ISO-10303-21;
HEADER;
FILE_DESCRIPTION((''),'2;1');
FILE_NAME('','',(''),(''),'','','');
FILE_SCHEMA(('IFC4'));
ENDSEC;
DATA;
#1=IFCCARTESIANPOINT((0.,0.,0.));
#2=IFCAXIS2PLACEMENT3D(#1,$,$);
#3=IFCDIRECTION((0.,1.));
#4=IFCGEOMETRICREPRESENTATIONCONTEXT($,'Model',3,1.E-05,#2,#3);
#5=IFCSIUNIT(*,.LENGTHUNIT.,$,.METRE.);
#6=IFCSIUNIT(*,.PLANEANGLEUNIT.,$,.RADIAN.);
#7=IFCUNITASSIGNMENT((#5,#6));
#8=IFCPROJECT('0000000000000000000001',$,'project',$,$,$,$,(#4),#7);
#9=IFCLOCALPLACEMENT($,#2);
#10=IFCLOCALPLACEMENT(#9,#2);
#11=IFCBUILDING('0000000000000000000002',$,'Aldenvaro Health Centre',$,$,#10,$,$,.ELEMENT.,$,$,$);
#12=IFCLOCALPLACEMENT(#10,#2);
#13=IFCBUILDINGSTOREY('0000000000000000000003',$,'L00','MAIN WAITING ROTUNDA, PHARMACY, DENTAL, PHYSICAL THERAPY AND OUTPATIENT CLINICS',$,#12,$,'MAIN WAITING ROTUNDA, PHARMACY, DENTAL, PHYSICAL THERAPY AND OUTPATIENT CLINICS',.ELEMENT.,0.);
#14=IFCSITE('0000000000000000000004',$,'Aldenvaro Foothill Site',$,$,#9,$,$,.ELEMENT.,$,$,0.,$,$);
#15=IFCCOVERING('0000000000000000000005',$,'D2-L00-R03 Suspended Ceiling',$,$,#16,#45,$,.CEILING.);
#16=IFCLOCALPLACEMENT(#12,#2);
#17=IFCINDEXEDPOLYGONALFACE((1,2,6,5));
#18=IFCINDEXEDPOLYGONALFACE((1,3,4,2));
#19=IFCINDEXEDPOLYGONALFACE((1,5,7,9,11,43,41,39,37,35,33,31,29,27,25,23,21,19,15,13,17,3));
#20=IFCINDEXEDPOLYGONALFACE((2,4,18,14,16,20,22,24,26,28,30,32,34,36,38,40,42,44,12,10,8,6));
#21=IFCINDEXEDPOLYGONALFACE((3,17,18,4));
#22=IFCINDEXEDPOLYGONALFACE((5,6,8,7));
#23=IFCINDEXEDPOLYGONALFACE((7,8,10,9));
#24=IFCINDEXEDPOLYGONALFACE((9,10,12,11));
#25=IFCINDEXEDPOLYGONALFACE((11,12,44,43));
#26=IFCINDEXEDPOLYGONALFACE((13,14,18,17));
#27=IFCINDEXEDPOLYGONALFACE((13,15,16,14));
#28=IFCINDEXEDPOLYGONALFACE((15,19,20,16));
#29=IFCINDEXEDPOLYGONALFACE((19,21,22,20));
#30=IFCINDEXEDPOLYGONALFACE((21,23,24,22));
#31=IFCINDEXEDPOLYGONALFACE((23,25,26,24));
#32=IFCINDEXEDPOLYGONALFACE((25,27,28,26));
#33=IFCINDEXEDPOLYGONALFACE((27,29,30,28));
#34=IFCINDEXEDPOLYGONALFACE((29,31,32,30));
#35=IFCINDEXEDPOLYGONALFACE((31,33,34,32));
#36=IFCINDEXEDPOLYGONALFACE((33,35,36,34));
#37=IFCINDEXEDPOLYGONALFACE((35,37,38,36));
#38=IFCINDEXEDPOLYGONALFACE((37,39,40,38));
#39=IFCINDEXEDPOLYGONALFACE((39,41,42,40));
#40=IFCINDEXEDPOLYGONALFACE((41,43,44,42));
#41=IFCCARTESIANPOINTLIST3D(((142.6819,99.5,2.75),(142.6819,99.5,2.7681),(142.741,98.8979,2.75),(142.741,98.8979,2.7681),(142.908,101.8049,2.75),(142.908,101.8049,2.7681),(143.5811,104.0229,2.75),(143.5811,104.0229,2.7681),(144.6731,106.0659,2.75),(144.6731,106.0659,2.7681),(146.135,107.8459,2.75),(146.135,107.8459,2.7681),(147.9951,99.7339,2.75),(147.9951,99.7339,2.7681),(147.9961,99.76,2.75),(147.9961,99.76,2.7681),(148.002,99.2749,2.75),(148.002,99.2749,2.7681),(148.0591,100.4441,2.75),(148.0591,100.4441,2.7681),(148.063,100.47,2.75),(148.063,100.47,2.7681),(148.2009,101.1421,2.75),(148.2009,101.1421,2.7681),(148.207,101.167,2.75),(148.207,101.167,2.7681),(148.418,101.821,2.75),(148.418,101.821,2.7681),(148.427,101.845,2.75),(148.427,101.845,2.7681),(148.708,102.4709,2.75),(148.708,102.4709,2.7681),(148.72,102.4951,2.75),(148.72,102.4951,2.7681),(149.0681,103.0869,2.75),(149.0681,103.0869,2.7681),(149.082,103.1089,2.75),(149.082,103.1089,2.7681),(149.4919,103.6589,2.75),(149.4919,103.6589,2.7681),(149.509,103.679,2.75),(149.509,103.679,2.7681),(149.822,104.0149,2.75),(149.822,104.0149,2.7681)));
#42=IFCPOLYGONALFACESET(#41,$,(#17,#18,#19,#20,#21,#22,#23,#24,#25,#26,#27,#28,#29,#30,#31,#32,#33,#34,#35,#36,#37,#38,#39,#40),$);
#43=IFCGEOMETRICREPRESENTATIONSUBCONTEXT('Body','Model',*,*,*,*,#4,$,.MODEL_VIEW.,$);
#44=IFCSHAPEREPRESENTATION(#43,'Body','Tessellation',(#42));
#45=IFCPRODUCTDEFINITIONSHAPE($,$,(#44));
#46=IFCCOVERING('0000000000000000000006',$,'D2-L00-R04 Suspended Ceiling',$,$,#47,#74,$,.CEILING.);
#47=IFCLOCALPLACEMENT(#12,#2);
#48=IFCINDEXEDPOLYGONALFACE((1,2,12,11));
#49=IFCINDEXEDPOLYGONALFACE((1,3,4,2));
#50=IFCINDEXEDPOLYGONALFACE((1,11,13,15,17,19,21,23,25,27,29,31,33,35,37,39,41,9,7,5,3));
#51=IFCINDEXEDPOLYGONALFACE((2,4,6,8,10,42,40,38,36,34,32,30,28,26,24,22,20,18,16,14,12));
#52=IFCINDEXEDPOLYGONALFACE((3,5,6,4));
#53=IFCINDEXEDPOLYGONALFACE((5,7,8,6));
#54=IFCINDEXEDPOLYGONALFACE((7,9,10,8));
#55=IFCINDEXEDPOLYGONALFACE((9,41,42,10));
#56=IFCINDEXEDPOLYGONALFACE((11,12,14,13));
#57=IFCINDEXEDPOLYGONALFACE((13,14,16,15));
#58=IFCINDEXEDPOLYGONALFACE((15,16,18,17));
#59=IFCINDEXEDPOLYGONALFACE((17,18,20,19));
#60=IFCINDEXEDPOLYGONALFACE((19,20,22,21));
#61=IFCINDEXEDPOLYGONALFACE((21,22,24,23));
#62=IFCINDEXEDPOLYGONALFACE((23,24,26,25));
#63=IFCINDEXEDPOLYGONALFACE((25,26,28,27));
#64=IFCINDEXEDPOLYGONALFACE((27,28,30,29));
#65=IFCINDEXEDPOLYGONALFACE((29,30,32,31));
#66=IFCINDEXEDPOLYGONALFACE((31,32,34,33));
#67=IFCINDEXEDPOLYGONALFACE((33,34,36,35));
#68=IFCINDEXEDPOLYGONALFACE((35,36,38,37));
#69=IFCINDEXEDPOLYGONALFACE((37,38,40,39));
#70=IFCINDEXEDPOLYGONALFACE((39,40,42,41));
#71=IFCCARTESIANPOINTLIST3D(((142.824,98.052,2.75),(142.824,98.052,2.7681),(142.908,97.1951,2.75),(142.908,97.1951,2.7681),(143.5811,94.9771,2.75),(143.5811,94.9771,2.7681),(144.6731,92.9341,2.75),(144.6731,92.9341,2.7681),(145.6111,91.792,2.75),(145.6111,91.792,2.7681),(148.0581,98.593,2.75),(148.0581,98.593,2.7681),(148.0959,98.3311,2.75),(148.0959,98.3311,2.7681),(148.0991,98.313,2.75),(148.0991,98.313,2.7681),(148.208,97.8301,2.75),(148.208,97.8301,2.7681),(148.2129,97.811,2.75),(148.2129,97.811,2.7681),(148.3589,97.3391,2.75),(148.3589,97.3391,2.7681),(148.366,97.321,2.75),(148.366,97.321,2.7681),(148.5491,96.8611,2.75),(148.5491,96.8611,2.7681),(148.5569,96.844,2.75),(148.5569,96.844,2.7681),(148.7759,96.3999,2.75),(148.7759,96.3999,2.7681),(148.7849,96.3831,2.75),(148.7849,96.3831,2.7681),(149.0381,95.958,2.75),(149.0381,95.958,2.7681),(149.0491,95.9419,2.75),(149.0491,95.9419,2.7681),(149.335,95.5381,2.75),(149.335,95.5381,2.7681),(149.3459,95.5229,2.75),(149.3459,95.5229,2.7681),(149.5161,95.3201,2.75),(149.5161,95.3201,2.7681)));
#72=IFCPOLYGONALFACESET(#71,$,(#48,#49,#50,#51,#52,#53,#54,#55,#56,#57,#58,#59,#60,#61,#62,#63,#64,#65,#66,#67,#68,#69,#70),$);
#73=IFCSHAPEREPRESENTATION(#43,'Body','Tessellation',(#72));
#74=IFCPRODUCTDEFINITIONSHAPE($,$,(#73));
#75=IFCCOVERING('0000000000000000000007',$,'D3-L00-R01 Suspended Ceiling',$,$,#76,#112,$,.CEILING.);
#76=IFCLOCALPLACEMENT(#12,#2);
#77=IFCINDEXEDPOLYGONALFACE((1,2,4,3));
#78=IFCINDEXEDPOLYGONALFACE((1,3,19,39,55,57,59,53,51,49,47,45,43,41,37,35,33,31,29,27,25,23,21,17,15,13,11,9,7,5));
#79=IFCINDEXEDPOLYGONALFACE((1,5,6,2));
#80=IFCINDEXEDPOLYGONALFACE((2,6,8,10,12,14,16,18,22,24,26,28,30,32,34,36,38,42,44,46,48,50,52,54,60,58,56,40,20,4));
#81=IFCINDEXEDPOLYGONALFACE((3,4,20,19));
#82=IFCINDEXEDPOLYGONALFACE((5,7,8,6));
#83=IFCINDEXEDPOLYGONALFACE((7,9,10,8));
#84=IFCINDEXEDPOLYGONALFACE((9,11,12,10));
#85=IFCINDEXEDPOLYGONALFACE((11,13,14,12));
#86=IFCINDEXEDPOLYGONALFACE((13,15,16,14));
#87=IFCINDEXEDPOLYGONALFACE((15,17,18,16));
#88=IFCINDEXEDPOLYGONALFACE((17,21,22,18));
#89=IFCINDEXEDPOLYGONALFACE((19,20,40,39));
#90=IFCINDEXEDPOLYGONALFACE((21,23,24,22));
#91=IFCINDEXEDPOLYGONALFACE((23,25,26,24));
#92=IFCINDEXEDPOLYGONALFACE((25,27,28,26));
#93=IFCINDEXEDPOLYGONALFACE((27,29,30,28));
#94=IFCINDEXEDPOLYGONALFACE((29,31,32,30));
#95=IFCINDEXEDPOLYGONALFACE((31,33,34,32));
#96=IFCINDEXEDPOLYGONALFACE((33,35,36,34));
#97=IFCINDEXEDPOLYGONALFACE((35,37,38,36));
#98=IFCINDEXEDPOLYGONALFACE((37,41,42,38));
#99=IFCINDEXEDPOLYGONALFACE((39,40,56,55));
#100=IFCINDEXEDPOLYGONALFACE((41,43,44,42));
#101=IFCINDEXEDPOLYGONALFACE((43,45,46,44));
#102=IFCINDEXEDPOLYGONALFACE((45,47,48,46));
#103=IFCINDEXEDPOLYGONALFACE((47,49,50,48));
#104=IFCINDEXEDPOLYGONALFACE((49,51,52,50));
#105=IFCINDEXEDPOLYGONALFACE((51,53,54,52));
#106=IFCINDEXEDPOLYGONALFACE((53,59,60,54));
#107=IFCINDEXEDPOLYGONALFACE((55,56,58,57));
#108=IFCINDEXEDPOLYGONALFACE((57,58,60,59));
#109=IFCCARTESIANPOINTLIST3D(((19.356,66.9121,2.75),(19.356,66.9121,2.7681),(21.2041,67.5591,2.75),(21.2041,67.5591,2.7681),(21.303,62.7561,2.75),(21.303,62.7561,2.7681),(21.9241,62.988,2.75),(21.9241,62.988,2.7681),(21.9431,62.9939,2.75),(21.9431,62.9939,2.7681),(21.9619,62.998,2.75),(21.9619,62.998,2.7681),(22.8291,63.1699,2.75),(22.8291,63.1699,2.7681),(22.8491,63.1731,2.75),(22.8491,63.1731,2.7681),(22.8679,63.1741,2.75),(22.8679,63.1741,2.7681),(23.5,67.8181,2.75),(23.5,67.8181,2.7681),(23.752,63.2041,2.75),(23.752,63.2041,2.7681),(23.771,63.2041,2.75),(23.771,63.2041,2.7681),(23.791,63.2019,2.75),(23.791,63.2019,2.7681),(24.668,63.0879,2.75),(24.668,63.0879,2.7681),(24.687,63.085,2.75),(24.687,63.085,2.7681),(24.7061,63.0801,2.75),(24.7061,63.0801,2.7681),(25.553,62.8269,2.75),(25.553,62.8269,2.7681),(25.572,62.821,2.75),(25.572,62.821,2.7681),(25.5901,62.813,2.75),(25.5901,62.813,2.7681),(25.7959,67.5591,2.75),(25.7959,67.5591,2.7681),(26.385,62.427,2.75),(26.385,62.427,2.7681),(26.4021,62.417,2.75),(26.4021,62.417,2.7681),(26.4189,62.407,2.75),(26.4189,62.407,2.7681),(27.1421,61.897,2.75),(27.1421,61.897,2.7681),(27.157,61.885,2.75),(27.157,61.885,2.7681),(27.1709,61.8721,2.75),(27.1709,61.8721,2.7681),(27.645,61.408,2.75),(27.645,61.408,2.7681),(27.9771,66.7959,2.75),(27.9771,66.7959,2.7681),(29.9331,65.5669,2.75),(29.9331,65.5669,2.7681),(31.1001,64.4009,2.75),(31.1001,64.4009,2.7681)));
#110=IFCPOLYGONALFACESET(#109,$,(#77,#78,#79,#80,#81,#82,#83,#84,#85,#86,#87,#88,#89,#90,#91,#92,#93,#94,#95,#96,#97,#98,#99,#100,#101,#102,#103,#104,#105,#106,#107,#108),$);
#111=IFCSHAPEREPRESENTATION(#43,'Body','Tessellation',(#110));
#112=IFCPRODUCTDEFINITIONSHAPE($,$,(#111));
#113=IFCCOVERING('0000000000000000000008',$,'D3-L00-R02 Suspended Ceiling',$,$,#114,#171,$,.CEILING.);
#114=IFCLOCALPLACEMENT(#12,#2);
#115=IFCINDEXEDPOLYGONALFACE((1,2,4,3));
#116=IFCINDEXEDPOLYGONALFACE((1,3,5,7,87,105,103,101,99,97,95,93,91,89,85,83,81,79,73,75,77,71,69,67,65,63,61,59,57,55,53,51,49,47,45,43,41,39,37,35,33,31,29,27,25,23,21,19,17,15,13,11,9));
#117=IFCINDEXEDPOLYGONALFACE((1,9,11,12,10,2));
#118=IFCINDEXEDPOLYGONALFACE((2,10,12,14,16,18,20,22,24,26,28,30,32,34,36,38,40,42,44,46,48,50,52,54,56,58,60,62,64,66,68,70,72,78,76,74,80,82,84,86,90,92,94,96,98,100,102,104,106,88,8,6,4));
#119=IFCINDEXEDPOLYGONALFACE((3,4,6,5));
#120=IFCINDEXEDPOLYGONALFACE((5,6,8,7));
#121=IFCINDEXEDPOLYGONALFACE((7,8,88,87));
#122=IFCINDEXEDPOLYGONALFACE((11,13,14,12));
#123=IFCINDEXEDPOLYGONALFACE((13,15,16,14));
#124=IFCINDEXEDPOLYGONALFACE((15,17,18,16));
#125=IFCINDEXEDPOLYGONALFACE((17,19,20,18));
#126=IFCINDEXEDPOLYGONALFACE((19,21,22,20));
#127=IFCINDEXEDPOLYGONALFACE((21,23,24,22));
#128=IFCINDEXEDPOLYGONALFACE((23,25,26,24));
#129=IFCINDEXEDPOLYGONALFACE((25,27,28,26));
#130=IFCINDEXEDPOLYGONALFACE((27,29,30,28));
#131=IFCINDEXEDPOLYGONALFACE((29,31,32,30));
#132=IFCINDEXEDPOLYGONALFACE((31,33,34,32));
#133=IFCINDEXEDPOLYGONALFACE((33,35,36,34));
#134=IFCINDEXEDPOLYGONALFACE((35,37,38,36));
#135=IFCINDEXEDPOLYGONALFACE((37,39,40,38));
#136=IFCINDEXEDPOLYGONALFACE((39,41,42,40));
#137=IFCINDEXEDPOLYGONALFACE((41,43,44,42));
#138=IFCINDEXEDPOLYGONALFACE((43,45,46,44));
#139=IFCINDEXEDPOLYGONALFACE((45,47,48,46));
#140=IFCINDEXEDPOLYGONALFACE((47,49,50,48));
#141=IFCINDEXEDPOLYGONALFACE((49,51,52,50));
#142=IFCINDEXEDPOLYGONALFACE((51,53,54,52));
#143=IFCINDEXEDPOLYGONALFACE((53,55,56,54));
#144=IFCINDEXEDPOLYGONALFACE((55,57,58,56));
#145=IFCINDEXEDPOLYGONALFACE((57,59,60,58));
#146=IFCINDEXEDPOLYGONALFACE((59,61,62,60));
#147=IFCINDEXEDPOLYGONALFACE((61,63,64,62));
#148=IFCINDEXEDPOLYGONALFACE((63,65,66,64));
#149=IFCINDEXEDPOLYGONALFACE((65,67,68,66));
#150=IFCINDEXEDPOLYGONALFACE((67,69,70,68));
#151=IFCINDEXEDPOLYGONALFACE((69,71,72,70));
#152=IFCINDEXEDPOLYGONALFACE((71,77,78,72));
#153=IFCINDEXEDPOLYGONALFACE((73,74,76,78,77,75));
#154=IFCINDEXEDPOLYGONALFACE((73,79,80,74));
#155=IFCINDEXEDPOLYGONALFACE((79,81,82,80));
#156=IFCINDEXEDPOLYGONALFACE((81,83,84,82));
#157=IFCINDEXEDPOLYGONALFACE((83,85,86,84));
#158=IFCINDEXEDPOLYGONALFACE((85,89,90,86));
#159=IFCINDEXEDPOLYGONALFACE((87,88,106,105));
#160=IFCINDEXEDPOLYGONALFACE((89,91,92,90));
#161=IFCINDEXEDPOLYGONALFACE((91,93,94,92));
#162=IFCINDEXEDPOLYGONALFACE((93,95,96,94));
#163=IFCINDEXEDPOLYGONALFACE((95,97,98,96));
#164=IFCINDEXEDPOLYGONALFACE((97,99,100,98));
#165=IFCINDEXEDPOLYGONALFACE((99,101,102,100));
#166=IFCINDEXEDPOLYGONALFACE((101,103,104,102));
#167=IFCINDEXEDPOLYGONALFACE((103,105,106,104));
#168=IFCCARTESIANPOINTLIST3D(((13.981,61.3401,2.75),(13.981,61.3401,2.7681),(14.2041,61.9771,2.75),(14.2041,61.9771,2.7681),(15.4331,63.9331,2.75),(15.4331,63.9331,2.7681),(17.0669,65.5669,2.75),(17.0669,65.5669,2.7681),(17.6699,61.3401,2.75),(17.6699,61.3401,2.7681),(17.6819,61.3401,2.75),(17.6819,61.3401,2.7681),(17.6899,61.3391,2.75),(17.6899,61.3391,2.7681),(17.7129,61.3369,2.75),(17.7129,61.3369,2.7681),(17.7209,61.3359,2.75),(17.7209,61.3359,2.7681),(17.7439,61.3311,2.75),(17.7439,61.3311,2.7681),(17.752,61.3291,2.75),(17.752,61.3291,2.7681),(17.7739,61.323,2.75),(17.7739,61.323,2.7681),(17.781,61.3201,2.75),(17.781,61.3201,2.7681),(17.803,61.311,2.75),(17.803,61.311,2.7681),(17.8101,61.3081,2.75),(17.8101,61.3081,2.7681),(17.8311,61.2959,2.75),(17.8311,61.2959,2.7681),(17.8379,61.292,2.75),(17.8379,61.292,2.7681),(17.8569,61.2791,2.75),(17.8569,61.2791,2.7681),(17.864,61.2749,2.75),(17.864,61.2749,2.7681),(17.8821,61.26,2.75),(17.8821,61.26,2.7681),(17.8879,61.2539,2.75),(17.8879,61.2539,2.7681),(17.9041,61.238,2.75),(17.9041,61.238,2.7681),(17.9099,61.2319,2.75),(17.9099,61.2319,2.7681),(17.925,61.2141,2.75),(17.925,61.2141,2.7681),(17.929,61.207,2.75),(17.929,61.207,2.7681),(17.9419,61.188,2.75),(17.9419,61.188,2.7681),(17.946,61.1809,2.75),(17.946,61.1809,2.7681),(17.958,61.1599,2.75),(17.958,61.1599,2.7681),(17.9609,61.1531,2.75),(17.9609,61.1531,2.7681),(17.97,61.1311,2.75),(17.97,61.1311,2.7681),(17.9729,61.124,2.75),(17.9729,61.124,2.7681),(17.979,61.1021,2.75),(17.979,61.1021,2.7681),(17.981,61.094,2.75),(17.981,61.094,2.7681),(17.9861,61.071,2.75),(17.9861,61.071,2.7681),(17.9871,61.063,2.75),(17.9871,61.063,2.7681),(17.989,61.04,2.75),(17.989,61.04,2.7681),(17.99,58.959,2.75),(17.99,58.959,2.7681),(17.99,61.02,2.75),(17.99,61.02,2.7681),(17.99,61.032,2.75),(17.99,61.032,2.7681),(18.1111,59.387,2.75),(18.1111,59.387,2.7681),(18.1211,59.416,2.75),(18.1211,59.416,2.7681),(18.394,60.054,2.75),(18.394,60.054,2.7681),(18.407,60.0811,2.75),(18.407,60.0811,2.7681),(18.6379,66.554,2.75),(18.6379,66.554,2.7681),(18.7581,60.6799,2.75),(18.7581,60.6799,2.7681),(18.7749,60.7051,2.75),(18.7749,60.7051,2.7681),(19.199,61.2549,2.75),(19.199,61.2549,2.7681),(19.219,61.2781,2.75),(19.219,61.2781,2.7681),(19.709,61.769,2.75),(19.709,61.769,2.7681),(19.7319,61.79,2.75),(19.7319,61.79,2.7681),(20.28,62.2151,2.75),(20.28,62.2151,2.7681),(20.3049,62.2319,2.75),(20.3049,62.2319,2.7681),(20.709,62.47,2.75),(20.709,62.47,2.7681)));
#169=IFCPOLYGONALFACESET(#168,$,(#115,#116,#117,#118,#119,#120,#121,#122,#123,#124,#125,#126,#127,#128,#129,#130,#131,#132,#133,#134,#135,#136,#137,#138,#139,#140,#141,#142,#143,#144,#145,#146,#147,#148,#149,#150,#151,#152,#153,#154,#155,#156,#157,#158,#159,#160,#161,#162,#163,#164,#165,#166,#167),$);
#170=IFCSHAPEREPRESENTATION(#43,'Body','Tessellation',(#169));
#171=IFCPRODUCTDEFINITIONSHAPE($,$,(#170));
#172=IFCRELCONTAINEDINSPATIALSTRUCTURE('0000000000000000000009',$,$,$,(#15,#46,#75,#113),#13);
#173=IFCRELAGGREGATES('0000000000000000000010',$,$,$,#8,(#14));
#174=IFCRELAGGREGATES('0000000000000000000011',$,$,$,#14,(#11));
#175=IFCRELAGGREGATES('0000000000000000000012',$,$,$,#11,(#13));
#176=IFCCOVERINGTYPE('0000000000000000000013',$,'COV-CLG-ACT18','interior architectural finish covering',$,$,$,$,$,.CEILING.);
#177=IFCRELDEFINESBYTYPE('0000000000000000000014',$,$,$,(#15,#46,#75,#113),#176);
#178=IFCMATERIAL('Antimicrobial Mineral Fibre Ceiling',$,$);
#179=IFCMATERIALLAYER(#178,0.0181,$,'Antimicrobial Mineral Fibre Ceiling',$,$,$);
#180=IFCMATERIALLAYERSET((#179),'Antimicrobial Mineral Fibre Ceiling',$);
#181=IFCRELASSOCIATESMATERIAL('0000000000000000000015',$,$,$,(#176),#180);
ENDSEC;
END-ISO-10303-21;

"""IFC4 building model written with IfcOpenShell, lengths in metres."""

from ifc_helpers import new_model, si_unit, direction, frame, origin, place, context, subcontext, project, spatial, polyline, outline, extrude, material, layer, layer_set, type_object, element, save


model = new_model("IFC4")

# Units and contexts
model_context = context("Model", 3, precision=1e-05, world=origin(), true_north=direction((0.0, 1.0)))
body_context = subcontext(model_context, "Body", "Model", "MODEL_VIEW")
ifc_project = project(units=[si_unit("LENGTHUNIT", "METRE"), si_unit("PLANEANGLEUNIT", "RADIAN")], contexts=[model_context])

# Site, building, storey
site_placement = place(None, origin())
site = spatial("IfcSite", under=ifc_project, at=site_placement, Name="Aldenvaro Foothill Site", CompositionType="ELEMENT", RefElevation=0.0)
building_placement = place(site_placement, origin())
building = spatial("IfcBuilding", under=site, at=building_placement, Name="Aldenvaro Health Centre", CompositionType="ELEMENT")
storey_placement = place(building_placement, origin())
storey = spatial("IfcBuildingStorey", under=building, at=storey_placement, Name="L00", Description="MAIN WAITING ROTUNDA, PHARMACY, DENTAL, PHYSICAL THERAPY AND OUTPATIENT CLINICS", LongName="MAIN WAITING ROTUNDA, PHARMACY, DENTAL, PHYSICAL THERAPY AND OUTPATIENT CLINICS", CompositionType="ELEMENT", Elevation=0.0)

# Coverings
ifc_material_1 = material(Name="Antimicrobial Mineral Fibre Ceiling")
ifc_layer_1 = layer(ifc_material_1, 0.0181, Name="Antimicrobial Mineral Fibre Ceiling")
ifc_layer_set_1 = layer_set([ifc_layer_1], Name="Antimicrobial Mineral Fibre Ceiling")
covering_type_1 = type_object("IfcCoveringType", Name="COV-CLG-ACT18", Description="interior architectural finish covering", PredefinedType="CEILING", material=ifc_layer_set_1)
covering_1_placement = place(storey_placement, frame((0.0, 0.0, 2.75)))
element("IfcCovering", 1, at=covering_1_placement, inside=storey, type_object=covering_type_1, Name="D2-L00-R03 Suspended Ceiling", PredefinedType="CEILING", context=body_context, shape_type="SweptSolid", body=[
    extrude(outline(polyline([(146.135, 107.8459), (149.822, 104.0149), (149.509, 103.679), (149.4919, 103.6589), (149.082, 103.1089), (149.0681, 103.0869), (148.72, 102.4951), (148.708, 102.4709), (148.427, 101.845), (148.418, 101.821), (148.207, 101.167), (148.2009, 101.1421), (148.063, 100.47), (148.0591, 100.4441), (147.9961, 99.76), (147.9951, 99.7339), (148.002, 99.2749), (142.741, 98.8979), (142.6819, 99.5), (142.908, 101.8049), (143.5811, 104.0229), (144.6731, 106.0659), (146.135, 107.8459)])), origin(), (0.0, 0.0, 1.0), 0.0181),
])
covering_2_placement = place(storey_placement, frame((0.0, 0.0, 2.75)))
element("IfcCovering", 2, at=covering_2_placement, inside=storey, type_object=covering_type_1, Name="D2-L00-R04 Suspended Ceiling", PredefinedType="CEILING", context=body_context, shape_type="SweptSolid", body=[
    extrude(outline(polyline([(148.0959, 98.3311), (148.0991, 98.313), (148.208, 97.8301), (148.2129, 97.811), (148.3589, 97.3391), (148.366, 97.321), (148.5491, 96.8611), (148.5569, 96.844), (148.7759, 96.3999), (148.7849, 96.3831), (149.0381, 95.958), (149.0491, 95.9419), (149.335, 95.5381), (149.3459, 95.5229), (149.5161, 95.3201), (145.6111, 91.792), (144.6731, 92.9341), (143.5811, 94.9771), (142.908, 97.1951), (142.824, 98.052), (148.0581, 98.593), (148.0959, 98.3311)])), origin(), (0.0, 0.0, 1.0), 0.0181),
])
covering_3_placement = place(storey_placement, frame((0.0, 0.0, 2.75)))
element("IfcCovering", 3, at=covering_3_placement, inside=storey, type_object=covering_type_1, Name="D3-L00-R01 Suspended Ceiling", PredefinedType="CEILING", context=body_context, shape_type="SweptSolid", body=[
    extrude(outline(polyline([(27.1709, 61.8721), (27.157, 61.885), (27.1421, 61.897), (26.4189, 62.407), (26.4021, 62.417), (26.385, 62.427), (25.5901, 62.813), (25.572, 62.821), (25.553, 62.8269), (24.7061, 63.0801), (24.687, 63.085), (24.668, 63.0879), (23.791, 63.2019), (23.771, 63.2041), (23.752, 63.2041), (22.8679, 63.1741), (22.8491, 63.1731), (22.8291, 63.1699), (21.9619, 62.998), (21.9431, 62.9939), (21.9241, 62.988), (21.303, 62.7561), (19.356, 66.9121), (21.2041, 67.5591), (23.5, 67.8181), (25.7959, 67.5591), (27.9771, 66.7959), (29.9331, 65.5669), (31.1001, 64.4009), (27.645, 61.408), (27.1709, 61.8721)])), origin(), (0.0, 0.0, 1.0), 0.0181),
])
covering_4_placement = place(storey_placement, frame((0.0, 0.0, 2.75)))
element("IfcCovering", 4, at=covering_4_placement, inside=storey, type_object=covering_type_1, Name="D3-L00-R02 Suspended Ceiling", PredefinedType="CEILING", context=body_context, shape_type="SweptSolid", body=[
    extrude(outline(polyline([(17.99, 58.959), (17.99, 61.02), (17.99, 61.032), (17.989, 61.04), (17.9871, 61.063), (17.9861, 61.071), (17.981, 61.094), (17.979, 61.1021), (17.9729, 61.124), (17.97, 61.1311), (17.9609, 61.1531), (17.958, 61.1599), (17.946, 61.1809), (17.9419, 61.188), (17.929, 61.207), (17.925, 61.2141), (17.9099, 61.2319), (17.9041, 61.238), (17.8879, 61.2539), (17.8821, 61.26), (17.864, 61.2749), (17.8569, 61.2791), (17.8379, 61.292), (17.8311, 61.2959), (17.8101, 61.3081), (17.803, 61.311), (17.781, 61.3201), (17.7739, 61.323), (17.752, 61.3291), (17.7439, 61.3311), (17.7209, 61.3359), (17.7129, 61.3369), (17.6899, 61.3391), (17.6819, 61.3401), (17.6699, 61.3401), (13.981, 61.3401), (14.2041, 61.9771), (15.4331, 63.9331), (17.0669, 65.5669), (18.6379, 66.554), (20.709, 62.47), (20.3049, 62.2319), (20.28, 62.2151), (19.7319, 61.79), (19.709, 61.769), (19.219, 61.2781), (19.199, 61.2549), (18.7749, 60.7051), (18.7581, 60.6799), (18.407, 60.0811), (18.394, 60.054), (18.1211, 59.416), (18.1111, 59.387), (17.99, 58.959)])), origin(), (0.0, 0.0, 1.0), 0.0181),
])

save(model, "model.ifc")
